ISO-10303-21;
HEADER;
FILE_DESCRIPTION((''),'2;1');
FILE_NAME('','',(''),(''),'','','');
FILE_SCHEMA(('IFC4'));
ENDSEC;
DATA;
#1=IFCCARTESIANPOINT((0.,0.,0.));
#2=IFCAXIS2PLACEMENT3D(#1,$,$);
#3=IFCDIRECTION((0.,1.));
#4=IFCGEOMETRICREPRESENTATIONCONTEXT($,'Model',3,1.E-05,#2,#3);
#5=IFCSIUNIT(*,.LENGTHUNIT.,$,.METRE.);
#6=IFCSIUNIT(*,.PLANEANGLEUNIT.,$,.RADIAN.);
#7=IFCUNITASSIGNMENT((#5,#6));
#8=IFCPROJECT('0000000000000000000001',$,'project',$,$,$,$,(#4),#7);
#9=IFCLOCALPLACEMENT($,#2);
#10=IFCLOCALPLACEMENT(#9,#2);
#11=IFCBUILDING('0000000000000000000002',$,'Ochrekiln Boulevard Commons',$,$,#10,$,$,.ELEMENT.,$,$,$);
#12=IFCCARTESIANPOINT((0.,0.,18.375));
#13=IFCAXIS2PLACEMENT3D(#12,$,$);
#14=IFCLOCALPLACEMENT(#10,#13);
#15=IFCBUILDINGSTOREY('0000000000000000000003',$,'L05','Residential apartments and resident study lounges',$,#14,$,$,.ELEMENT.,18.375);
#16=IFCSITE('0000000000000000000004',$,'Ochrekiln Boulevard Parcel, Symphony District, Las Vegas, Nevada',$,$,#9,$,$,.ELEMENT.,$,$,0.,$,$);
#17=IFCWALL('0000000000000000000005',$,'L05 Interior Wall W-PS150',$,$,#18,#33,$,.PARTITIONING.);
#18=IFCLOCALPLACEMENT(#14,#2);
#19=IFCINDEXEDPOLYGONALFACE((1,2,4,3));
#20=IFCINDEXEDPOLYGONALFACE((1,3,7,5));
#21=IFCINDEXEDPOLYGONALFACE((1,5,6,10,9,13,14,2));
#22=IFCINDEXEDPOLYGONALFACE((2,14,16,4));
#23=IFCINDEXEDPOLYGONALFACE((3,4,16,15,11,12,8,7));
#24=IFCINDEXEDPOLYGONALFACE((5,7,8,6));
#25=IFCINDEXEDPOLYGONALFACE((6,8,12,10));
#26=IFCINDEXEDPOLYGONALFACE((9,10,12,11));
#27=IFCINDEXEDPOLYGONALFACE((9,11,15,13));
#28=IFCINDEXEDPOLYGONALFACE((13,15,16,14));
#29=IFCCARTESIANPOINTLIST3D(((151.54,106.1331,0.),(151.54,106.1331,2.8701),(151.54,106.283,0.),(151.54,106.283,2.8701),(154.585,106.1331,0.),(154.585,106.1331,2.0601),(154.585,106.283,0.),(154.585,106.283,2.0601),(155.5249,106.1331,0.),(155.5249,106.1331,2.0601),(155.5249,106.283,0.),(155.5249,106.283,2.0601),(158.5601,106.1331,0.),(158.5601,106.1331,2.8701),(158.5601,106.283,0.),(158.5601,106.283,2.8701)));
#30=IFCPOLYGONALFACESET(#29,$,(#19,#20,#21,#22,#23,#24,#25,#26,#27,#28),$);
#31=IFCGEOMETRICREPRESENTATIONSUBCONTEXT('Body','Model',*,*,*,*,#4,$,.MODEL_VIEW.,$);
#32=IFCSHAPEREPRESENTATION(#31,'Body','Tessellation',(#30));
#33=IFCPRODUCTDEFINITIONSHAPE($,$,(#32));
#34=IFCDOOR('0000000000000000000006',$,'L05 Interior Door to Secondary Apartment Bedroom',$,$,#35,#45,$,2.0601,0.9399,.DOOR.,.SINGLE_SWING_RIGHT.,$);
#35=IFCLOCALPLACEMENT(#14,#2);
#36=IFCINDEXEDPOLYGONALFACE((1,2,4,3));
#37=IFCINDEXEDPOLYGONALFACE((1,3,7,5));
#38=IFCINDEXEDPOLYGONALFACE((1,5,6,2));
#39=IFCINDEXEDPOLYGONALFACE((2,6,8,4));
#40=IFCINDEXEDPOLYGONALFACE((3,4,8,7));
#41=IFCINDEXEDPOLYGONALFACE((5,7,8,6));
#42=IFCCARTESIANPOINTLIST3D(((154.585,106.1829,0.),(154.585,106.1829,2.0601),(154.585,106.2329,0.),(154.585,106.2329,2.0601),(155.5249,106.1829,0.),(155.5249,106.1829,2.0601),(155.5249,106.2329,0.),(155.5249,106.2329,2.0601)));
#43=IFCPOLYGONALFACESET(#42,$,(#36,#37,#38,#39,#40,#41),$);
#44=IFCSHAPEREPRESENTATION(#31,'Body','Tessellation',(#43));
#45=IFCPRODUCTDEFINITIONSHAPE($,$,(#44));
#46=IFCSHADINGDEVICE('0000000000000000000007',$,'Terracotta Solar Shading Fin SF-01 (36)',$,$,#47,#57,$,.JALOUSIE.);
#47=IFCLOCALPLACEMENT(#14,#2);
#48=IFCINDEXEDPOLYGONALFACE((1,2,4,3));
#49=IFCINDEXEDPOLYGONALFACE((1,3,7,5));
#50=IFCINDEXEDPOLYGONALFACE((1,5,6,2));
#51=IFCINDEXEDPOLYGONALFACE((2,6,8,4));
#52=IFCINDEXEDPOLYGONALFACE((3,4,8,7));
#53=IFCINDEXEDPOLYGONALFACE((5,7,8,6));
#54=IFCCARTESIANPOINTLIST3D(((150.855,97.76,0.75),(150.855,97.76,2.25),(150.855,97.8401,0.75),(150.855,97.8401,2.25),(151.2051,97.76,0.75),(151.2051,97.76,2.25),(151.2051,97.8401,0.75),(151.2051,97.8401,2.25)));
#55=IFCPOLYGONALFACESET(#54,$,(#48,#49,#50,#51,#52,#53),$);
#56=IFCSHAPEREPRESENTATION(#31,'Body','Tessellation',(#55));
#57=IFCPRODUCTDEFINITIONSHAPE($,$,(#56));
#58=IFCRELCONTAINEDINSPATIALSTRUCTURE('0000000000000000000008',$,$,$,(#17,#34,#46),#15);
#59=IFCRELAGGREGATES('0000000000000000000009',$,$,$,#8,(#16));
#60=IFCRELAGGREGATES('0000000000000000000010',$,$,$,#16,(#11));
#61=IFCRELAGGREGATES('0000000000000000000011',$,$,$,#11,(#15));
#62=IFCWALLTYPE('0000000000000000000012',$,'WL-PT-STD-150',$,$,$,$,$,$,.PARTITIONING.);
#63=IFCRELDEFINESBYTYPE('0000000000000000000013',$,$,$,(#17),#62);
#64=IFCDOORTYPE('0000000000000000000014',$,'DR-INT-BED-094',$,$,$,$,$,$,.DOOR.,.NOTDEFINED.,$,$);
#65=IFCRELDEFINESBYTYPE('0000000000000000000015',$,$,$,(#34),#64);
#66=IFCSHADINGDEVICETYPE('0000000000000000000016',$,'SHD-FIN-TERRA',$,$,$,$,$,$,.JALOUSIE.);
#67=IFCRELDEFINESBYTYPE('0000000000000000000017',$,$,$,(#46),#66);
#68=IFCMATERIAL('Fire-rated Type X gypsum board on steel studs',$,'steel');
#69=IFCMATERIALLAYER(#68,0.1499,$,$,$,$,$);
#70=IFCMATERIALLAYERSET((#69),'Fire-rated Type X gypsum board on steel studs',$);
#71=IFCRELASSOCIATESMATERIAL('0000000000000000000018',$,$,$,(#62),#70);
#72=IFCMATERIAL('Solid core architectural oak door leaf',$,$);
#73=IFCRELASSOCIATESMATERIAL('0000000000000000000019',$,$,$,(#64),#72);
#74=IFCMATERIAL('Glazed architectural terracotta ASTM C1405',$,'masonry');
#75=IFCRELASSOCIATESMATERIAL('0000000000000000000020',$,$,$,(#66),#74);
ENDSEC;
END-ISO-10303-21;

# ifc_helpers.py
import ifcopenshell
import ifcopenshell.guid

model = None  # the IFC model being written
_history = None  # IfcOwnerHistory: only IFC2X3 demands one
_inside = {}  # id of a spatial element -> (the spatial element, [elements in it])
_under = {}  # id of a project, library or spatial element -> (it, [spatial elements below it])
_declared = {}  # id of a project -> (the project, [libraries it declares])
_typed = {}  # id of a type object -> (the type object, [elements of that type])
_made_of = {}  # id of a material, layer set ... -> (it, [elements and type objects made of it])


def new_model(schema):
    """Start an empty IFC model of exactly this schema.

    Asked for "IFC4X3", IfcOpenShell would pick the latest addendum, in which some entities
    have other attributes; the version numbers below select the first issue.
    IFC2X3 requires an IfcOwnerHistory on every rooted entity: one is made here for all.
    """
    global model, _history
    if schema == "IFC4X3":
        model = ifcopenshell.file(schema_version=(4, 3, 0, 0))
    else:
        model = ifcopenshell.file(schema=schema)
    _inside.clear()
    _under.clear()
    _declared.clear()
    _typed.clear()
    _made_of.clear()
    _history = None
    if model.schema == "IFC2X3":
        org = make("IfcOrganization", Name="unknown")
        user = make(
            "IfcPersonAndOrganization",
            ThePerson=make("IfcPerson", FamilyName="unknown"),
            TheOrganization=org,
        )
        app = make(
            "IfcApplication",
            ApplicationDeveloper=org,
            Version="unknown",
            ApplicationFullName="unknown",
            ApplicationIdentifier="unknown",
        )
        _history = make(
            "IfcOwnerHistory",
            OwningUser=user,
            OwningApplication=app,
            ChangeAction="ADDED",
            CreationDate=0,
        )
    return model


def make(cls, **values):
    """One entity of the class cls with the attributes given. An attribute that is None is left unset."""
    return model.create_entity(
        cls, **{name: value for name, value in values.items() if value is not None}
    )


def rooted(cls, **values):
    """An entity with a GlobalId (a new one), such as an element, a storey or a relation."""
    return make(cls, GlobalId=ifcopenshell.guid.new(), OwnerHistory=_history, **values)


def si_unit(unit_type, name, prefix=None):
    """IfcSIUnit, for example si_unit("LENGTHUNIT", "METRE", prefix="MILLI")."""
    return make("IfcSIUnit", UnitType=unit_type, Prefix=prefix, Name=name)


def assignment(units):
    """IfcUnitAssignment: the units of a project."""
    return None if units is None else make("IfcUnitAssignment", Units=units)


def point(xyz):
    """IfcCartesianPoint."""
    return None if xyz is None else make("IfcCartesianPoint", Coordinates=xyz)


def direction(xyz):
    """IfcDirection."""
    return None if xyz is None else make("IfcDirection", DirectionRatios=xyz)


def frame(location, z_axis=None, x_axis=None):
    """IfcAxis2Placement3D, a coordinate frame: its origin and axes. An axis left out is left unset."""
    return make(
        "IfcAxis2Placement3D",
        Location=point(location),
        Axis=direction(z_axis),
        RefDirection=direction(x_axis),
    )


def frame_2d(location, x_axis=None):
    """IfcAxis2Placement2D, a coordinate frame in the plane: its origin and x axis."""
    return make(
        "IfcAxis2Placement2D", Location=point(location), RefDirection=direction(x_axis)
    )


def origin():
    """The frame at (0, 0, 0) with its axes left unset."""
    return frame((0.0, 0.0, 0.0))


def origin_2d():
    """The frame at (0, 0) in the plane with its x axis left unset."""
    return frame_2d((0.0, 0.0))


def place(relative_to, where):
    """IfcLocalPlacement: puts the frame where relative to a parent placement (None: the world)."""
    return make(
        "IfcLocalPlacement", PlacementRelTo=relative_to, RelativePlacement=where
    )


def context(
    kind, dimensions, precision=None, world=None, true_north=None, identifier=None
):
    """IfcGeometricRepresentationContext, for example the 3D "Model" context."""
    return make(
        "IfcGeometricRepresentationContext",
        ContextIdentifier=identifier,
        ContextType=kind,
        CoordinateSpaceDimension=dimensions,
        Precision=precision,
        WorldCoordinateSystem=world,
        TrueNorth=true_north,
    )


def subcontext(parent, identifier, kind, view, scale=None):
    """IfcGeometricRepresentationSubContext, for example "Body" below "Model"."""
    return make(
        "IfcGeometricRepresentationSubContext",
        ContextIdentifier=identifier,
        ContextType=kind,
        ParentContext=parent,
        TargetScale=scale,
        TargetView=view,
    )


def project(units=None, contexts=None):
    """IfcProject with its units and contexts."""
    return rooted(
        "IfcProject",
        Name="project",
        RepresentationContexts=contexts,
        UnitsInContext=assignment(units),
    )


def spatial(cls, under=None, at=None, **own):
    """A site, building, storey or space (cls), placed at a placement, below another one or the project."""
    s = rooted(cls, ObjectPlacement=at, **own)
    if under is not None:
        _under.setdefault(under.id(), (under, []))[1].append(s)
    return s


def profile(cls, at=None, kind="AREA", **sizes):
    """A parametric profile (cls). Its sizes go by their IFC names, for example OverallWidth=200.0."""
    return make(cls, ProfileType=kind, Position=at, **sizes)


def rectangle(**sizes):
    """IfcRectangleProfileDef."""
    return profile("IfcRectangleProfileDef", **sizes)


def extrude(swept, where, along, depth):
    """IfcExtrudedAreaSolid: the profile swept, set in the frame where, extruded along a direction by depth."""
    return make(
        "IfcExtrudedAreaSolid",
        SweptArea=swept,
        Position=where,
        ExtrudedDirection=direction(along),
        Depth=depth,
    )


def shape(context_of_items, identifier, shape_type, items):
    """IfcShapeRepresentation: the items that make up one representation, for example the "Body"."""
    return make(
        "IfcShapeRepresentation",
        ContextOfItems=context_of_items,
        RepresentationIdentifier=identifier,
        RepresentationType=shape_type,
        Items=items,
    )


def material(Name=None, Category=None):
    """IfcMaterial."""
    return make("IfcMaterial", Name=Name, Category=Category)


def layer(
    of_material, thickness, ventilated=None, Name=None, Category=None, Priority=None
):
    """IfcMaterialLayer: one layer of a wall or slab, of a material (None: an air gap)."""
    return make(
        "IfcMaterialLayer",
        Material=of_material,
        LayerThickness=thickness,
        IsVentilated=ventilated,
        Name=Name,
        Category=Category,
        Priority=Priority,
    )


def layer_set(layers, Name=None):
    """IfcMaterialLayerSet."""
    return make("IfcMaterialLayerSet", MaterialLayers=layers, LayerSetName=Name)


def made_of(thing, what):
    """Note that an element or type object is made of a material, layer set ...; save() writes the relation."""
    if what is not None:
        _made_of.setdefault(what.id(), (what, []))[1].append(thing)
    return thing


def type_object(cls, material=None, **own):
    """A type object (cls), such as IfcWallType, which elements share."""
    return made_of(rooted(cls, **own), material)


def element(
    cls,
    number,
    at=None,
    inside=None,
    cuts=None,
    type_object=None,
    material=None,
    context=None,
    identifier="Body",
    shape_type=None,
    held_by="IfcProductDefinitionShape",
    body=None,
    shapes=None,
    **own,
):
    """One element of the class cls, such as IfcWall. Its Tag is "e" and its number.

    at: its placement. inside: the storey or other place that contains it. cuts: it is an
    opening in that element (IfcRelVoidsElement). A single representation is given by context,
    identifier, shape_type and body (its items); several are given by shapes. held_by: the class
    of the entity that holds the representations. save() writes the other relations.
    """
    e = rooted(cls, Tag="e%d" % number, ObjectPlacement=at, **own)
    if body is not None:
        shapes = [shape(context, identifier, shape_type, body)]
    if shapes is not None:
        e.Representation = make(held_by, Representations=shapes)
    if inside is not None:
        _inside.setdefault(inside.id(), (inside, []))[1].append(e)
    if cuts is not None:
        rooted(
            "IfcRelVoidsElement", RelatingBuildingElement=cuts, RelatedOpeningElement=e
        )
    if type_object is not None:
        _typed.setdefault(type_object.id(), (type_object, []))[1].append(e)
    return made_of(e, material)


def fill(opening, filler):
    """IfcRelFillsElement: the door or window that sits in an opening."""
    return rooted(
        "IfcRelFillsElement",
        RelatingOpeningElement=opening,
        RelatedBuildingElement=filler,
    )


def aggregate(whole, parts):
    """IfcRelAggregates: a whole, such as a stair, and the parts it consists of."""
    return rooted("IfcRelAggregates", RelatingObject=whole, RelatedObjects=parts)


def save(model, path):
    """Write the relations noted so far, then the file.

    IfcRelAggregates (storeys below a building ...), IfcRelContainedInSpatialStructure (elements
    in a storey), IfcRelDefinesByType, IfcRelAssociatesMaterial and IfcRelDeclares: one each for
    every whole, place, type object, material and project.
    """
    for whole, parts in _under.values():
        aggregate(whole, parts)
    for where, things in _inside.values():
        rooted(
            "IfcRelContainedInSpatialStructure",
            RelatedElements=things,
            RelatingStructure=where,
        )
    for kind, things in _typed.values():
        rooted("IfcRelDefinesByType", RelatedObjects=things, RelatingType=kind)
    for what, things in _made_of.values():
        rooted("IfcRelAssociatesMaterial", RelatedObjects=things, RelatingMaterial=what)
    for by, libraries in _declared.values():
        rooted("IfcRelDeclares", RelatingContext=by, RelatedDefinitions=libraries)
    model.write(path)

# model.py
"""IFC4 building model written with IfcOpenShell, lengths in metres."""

from ifc_helpers import new_model, si_unit, direction, frame, frame_2d, origin, origin_2d, place, context, subcontext, project, spatial, rectangle, extrude, material, layer, layer_set, type_object, element, fill, save


model = new_model("IFC4")

# Units and contexts
model_context = context("Model", 3, precision=1e-05, world=origin(), true_north=direction((0.0, 1.0)))
body_context = subcontext(model_context, "Body", "Model", "MODEL_VIEW")
ifc_project = project(units=[si_unit("LENGTHUNIT", "METRE"), si_unit("PLANEANGLEUNIT", "RADIAN")], contexts=[model_context])

# Site, building, storey
site_placement = place(None, origin())
site = spatial("IfcSite", under=ifc_project, at=site_placement, Name="Ochrekiln Boulevard Parcel, Symphony District, Las Vegas, Nevada", CompositionType="ELEMENT", RefElevation=0.0)
building_placement = place(site_placement, origin())
building = spatial("IfcBuilding", under=site, at=building_placement, Name="Ochrekiln Boulevard Commons", CompositionType="ELEMENT")
storey_placement = place(building_placement, frame((0.0, 0.0, 18.375)))
storey = spatial("IfcBuildingStorey", under=building, at=storey_placement, Name="L05", Description="Residential apartments and resident study lounges", CompositionType="ELEMENT", Elevation=18.375)

# Shared definitions
ifc_material_1 = material(Name="Glazed architectural terracotta ASTM C1405", Category="masonry")
ifc_material_2 = material(Name="Fire-rated Type X gypsum board on steel studs", Category="steel")

# Wall, opening, door
ifc_layer_1 = layer(ifc_material_2, 0.1499)
ifc_layer_set_1 = layer_set([ifc_layer_1], Name="Fire-rated Type X gypsum board on steel studs")
wall_type_1 = type_object("IfcWallType", Name="WL-PT-STD-150", PredefinedType="PARTITIONING", material=ifc_layer_set_1)
ifc_material_3 = material(Name="Solid core architectural oak door leaf")
door_type_1 = type_object("IfcDoorType", Name="DR-INT-BED-094", OperationType="NOTDEFINED", PredefinedType="DOOR", material=ifc_material_3)
wall_1_placement = place(storey_placement, frame((151.54, 106.208, 0.0), z_axis=(0.0, 0.0, 1.0), x_axis=(1.0, 0.0, 0.0)))
wall_1 = element("IfcWall", 1, at=wall_1_placement, inside=storey, type_object=wall_type_1, Name="L05 Interior Wall W-PS150", PredefinedType="PARTITIONING", context=body_context, shape_type="SweptSolid", body=[
    extrude(rectangle(XDim=7.02, YDim=0.1499, at=frame_2d((3.51, 0.0))), origin(), (0.0, 0.0, 1.0), 2.8701),
])
opening_1_placement = place(wall_1_placement, frame((3.0449, 0.0, 0.0)))
opening_1 = element("IfcOpeningElement", 2, at=opening_1_placement, cuts=wall_1, PredefinedType="OPENING", context=body_context, shape_type="SweptSolid", body=[
    extrude(rectangle(XDim=0.9399, YDim=2.0601, at=frame_2d((0.47, 1.03))), frame((0.0, 0.085, 0.0), z_axis=(0.0, -1.0, 0.0), x_axis=(1.0, 0.0, 0.0)), (0.0, 0.0, 1.0), 0.1699),
])
door_1_placement = place(opening_1_placement, origin())
door_1 = element("IfcDoor", 3, at=door_1_placement, inside=storey, type_object=door_type_1, Name="L05 Interior Door to Secondary Apartment Bedroom", OperationType="SINGLE_SWING_RIGHT", OverallHeight=2.0601, OverallWidth=0.9399, PredefinedType="DOOR", context=body_context, shape_type="SweptSolid", body=[
    extrude(rectangle(XDim=0.9399, YDim=2.0601, at=frame_2d((0.47, 1.03))), frame((0.0, 0.0249, 0.0), z_axis=(0.0, -1.0, 0.0), x_axis=(1.0, 0.0, 0.0)), (0.0, 0.0, 1.0), 0.05),
])
fill(opening_1, door_1)

# Shading device
shading_device_type = type_object("IfcShadingDeviceType", Name="SHD-FIN-TERRA", PredefinedType="JALOUSIE", material=ifc_material_1)
shading_device_placement = place(storey_placement, frame((151.03, 97.8, 0.75), z_axis=(0.0, 0.0, 1.0), x_axis=(1.0, 0.0, 0.0)))
element("IfcShadingDevice", 4, at=shading_device_placement, inside=storey, type_object=shading_device_type, Name="Terracotta Solar Shading Fin SF-01 (36)", PredefinedType="JALOUSIE", context=body_context, shape_type="SweptSolid", body=[
    extrude(rectangle(XDim=0.3501, YDim=0.0801, at=origin_2d()), origin(), (0.0, 0.0, 1.0), 1.5),
])

save(model, "model.ifc")
